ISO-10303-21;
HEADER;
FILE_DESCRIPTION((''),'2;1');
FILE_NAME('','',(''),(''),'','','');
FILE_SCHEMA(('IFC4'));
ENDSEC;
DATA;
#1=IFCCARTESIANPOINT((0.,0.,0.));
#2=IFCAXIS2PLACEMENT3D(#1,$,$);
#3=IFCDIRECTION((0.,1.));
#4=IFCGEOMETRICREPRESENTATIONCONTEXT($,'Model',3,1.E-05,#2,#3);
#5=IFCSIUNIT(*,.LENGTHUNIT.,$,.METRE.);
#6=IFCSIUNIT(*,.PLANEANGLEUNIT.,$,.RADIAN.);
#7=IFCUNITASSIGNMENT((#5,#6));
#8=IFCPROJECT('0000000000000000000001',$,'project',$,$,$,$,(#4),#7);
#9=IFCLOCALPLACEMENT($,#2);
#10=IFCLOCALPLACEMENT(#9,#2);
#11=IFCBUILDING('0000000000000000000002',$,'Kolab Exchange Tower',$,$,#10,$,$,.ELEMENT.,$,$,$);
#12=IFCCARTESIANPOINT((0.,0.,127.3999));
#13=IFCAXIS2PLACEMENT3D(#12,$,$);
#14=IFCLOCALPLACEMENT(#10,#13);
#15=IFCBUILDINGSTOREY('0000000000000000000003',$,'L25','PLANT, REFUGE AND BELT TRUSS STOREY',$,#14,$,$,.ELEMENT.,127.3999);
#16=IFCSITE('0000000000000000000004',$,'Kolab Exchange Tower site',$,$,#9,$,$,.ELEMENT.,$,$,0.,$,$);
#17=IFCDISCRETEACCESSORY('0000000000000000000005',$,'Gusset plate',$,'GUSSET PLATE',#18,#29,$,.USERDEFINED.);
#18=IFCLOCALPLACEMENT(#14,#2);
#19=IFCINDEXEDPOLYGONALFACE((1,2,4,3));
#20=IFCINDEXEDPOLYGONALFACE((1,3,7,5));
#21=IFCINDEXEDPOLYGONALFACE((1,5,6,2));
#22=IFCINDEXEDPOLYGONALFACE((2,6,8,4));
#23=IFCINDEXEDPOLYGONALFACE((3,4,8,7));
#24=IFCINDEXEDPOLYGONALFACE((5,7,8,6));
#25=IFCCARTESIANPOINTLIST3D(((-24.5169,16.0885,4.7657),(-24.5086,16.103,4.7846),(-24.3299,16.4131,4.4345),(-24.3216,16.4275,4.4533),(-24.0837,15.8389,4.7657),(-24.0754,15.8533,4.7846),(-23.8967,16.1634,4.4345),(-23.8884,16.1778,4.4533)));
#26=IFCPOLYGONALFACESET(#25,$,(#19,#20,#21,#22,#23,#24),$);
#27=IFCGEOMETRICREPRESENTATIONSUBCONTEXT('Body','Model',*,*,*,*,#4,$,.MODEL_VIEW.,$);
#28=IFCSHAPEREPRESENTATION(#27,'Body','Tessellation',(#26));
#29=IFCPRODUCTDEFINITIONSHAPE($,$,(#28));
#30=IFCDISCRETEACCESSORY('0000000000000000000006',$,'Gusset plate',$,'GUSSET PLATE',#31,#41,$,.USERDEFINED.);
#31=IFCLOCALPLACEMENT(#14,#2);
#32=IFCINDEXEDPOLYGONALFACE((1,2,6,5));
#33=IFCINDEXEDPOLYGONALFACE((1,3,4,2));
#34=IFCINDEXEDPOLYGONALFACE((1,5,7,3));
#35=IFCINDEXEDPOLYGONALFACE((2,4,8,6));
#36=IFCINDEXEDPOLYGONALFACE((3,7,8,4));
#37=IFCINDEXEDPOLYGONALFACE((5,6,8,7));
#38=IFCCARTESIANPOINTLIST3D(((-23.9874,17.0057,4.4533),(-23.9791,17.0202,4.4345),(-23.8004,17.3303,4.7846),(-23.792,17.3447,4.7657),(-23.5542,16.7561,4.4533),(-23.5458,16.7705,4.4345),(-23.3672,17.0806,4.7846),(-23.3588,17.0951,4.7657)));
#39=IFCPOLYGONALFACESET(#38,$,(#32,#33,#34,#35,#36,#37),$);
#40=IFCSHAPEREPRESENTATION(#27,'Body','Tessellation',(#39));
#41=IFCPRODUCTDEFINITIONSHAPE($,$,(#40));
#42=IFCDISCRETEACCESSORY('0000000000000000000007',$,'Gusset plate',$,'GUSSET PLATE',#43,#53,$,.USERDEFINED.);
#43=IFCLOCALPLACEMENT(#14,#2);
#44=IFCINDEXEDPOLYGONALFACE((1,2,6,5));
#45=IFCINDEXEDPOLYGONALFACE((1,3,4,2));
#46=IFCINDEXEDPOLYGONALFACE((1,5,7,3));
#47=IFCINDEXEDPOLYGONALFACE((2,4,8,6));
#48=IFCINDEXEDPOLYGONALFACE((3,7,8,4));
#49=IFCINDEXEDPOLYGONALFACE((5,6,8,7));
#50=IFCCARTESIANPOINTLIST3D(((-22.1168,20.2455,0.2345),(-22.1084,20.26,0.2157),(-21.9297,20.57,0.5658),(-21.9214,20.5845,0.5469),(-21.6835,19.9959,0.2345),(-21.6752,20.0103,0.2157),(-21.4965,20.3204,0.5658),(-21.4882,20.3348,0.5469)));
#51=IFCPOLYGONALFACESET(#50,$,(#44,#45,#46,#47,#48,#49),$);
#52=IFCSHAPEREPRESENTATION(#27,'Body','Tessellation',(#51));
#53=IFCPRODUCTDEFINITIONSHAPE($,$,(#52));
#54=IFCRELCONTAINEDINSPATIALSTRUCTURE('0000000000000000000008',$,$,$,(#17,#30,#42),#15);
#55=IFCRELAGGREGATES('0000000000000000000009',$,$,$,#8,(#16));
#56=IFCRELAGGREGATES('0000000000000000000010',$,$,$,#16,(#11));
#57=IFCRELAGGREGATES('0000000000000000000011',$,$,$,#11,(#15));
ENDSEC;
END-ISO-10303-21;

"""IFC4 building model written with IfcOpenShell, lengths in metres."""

from ifc_helpers import new_model, si_unit, direction, frame, origin, origin_2d, place, context, subcontext, project, spatial, rectangle, extrude, element, save


model = new_model("IFC4")

# Units and contexts
model_context = context("Model", 3, precision=1e-05, world=origin(), true_north=direction((0.0, 1.0)))
body_context = subcontext(model_context, "Body", "Model", "MODEL_VIEW")
ifc_project = project(units=[si_unit("LENGTHUNIT", "METRE"), si_unit("PLANEANGLEUNIT", "RADIAN")], contexts=[model_context])

# Site, building, storey
site_placement = place(None, origin())
site = spatial("IfcSite", under=ifc_project, at=site_placement, Name="Kolab Exchange Tower site", CompositionType="ELEMENT", RefElevation=0.0)
building_placement = place(site_placement, origin())
building = spatial("IfcBuilding", under=site, at=building_placement, Name="Kolab Exchange Tower", CompositionType="ELEMENT")
storey_placement = place(building_placement, frame((0.0, 0.0, 127.3999)))
storey = spatial("IfcBuildingStorey", under=building, at=storey_placement, Name="L25", Description="PLANT, REFUGE AND BELT TRUSS STOREY", CompositionType="ELEMENT", Elevation=127.3999)

# Discrete accessories
for number, where, z_axis, x_axis, name in (
    (1, (-24.2068, 16.126, 4.6001), (0.330768, 0.57398, 0.749092), (-0.86643, 0.499299, 0.0), "Gusset plate"),
    (2, (-23.6689, 17.0576, 4.6001), (-0.330768, -0.57398, 0.749092), (0.86643, -0.499299, 0.0), "Gusset plate"),
    (3, (-21.8066, 20.283, 0.4001), (0.330768, 0.57398, -0.749092), (-0.86643, 0.499299, 0.0), "Gusset plate"),
):
    element("IfcDiscreteAccessory", number, at=place(storey_placement, frame(where, z_axis=z_axis, x_axis=x_axis)), inside=storey, Name=name, ObjectType="GUSSET PLATE", PredefinedType="USERDEFINED", context=body_context, shape_type="SweptSolid", body=[
        extrude(rectangle(XDim=0.5, YDim=0.5, at=origin_2d()), origin(), (0.0, 0.0, 1.0), 0.0251),
    ])

save(model, "model.ifc")
